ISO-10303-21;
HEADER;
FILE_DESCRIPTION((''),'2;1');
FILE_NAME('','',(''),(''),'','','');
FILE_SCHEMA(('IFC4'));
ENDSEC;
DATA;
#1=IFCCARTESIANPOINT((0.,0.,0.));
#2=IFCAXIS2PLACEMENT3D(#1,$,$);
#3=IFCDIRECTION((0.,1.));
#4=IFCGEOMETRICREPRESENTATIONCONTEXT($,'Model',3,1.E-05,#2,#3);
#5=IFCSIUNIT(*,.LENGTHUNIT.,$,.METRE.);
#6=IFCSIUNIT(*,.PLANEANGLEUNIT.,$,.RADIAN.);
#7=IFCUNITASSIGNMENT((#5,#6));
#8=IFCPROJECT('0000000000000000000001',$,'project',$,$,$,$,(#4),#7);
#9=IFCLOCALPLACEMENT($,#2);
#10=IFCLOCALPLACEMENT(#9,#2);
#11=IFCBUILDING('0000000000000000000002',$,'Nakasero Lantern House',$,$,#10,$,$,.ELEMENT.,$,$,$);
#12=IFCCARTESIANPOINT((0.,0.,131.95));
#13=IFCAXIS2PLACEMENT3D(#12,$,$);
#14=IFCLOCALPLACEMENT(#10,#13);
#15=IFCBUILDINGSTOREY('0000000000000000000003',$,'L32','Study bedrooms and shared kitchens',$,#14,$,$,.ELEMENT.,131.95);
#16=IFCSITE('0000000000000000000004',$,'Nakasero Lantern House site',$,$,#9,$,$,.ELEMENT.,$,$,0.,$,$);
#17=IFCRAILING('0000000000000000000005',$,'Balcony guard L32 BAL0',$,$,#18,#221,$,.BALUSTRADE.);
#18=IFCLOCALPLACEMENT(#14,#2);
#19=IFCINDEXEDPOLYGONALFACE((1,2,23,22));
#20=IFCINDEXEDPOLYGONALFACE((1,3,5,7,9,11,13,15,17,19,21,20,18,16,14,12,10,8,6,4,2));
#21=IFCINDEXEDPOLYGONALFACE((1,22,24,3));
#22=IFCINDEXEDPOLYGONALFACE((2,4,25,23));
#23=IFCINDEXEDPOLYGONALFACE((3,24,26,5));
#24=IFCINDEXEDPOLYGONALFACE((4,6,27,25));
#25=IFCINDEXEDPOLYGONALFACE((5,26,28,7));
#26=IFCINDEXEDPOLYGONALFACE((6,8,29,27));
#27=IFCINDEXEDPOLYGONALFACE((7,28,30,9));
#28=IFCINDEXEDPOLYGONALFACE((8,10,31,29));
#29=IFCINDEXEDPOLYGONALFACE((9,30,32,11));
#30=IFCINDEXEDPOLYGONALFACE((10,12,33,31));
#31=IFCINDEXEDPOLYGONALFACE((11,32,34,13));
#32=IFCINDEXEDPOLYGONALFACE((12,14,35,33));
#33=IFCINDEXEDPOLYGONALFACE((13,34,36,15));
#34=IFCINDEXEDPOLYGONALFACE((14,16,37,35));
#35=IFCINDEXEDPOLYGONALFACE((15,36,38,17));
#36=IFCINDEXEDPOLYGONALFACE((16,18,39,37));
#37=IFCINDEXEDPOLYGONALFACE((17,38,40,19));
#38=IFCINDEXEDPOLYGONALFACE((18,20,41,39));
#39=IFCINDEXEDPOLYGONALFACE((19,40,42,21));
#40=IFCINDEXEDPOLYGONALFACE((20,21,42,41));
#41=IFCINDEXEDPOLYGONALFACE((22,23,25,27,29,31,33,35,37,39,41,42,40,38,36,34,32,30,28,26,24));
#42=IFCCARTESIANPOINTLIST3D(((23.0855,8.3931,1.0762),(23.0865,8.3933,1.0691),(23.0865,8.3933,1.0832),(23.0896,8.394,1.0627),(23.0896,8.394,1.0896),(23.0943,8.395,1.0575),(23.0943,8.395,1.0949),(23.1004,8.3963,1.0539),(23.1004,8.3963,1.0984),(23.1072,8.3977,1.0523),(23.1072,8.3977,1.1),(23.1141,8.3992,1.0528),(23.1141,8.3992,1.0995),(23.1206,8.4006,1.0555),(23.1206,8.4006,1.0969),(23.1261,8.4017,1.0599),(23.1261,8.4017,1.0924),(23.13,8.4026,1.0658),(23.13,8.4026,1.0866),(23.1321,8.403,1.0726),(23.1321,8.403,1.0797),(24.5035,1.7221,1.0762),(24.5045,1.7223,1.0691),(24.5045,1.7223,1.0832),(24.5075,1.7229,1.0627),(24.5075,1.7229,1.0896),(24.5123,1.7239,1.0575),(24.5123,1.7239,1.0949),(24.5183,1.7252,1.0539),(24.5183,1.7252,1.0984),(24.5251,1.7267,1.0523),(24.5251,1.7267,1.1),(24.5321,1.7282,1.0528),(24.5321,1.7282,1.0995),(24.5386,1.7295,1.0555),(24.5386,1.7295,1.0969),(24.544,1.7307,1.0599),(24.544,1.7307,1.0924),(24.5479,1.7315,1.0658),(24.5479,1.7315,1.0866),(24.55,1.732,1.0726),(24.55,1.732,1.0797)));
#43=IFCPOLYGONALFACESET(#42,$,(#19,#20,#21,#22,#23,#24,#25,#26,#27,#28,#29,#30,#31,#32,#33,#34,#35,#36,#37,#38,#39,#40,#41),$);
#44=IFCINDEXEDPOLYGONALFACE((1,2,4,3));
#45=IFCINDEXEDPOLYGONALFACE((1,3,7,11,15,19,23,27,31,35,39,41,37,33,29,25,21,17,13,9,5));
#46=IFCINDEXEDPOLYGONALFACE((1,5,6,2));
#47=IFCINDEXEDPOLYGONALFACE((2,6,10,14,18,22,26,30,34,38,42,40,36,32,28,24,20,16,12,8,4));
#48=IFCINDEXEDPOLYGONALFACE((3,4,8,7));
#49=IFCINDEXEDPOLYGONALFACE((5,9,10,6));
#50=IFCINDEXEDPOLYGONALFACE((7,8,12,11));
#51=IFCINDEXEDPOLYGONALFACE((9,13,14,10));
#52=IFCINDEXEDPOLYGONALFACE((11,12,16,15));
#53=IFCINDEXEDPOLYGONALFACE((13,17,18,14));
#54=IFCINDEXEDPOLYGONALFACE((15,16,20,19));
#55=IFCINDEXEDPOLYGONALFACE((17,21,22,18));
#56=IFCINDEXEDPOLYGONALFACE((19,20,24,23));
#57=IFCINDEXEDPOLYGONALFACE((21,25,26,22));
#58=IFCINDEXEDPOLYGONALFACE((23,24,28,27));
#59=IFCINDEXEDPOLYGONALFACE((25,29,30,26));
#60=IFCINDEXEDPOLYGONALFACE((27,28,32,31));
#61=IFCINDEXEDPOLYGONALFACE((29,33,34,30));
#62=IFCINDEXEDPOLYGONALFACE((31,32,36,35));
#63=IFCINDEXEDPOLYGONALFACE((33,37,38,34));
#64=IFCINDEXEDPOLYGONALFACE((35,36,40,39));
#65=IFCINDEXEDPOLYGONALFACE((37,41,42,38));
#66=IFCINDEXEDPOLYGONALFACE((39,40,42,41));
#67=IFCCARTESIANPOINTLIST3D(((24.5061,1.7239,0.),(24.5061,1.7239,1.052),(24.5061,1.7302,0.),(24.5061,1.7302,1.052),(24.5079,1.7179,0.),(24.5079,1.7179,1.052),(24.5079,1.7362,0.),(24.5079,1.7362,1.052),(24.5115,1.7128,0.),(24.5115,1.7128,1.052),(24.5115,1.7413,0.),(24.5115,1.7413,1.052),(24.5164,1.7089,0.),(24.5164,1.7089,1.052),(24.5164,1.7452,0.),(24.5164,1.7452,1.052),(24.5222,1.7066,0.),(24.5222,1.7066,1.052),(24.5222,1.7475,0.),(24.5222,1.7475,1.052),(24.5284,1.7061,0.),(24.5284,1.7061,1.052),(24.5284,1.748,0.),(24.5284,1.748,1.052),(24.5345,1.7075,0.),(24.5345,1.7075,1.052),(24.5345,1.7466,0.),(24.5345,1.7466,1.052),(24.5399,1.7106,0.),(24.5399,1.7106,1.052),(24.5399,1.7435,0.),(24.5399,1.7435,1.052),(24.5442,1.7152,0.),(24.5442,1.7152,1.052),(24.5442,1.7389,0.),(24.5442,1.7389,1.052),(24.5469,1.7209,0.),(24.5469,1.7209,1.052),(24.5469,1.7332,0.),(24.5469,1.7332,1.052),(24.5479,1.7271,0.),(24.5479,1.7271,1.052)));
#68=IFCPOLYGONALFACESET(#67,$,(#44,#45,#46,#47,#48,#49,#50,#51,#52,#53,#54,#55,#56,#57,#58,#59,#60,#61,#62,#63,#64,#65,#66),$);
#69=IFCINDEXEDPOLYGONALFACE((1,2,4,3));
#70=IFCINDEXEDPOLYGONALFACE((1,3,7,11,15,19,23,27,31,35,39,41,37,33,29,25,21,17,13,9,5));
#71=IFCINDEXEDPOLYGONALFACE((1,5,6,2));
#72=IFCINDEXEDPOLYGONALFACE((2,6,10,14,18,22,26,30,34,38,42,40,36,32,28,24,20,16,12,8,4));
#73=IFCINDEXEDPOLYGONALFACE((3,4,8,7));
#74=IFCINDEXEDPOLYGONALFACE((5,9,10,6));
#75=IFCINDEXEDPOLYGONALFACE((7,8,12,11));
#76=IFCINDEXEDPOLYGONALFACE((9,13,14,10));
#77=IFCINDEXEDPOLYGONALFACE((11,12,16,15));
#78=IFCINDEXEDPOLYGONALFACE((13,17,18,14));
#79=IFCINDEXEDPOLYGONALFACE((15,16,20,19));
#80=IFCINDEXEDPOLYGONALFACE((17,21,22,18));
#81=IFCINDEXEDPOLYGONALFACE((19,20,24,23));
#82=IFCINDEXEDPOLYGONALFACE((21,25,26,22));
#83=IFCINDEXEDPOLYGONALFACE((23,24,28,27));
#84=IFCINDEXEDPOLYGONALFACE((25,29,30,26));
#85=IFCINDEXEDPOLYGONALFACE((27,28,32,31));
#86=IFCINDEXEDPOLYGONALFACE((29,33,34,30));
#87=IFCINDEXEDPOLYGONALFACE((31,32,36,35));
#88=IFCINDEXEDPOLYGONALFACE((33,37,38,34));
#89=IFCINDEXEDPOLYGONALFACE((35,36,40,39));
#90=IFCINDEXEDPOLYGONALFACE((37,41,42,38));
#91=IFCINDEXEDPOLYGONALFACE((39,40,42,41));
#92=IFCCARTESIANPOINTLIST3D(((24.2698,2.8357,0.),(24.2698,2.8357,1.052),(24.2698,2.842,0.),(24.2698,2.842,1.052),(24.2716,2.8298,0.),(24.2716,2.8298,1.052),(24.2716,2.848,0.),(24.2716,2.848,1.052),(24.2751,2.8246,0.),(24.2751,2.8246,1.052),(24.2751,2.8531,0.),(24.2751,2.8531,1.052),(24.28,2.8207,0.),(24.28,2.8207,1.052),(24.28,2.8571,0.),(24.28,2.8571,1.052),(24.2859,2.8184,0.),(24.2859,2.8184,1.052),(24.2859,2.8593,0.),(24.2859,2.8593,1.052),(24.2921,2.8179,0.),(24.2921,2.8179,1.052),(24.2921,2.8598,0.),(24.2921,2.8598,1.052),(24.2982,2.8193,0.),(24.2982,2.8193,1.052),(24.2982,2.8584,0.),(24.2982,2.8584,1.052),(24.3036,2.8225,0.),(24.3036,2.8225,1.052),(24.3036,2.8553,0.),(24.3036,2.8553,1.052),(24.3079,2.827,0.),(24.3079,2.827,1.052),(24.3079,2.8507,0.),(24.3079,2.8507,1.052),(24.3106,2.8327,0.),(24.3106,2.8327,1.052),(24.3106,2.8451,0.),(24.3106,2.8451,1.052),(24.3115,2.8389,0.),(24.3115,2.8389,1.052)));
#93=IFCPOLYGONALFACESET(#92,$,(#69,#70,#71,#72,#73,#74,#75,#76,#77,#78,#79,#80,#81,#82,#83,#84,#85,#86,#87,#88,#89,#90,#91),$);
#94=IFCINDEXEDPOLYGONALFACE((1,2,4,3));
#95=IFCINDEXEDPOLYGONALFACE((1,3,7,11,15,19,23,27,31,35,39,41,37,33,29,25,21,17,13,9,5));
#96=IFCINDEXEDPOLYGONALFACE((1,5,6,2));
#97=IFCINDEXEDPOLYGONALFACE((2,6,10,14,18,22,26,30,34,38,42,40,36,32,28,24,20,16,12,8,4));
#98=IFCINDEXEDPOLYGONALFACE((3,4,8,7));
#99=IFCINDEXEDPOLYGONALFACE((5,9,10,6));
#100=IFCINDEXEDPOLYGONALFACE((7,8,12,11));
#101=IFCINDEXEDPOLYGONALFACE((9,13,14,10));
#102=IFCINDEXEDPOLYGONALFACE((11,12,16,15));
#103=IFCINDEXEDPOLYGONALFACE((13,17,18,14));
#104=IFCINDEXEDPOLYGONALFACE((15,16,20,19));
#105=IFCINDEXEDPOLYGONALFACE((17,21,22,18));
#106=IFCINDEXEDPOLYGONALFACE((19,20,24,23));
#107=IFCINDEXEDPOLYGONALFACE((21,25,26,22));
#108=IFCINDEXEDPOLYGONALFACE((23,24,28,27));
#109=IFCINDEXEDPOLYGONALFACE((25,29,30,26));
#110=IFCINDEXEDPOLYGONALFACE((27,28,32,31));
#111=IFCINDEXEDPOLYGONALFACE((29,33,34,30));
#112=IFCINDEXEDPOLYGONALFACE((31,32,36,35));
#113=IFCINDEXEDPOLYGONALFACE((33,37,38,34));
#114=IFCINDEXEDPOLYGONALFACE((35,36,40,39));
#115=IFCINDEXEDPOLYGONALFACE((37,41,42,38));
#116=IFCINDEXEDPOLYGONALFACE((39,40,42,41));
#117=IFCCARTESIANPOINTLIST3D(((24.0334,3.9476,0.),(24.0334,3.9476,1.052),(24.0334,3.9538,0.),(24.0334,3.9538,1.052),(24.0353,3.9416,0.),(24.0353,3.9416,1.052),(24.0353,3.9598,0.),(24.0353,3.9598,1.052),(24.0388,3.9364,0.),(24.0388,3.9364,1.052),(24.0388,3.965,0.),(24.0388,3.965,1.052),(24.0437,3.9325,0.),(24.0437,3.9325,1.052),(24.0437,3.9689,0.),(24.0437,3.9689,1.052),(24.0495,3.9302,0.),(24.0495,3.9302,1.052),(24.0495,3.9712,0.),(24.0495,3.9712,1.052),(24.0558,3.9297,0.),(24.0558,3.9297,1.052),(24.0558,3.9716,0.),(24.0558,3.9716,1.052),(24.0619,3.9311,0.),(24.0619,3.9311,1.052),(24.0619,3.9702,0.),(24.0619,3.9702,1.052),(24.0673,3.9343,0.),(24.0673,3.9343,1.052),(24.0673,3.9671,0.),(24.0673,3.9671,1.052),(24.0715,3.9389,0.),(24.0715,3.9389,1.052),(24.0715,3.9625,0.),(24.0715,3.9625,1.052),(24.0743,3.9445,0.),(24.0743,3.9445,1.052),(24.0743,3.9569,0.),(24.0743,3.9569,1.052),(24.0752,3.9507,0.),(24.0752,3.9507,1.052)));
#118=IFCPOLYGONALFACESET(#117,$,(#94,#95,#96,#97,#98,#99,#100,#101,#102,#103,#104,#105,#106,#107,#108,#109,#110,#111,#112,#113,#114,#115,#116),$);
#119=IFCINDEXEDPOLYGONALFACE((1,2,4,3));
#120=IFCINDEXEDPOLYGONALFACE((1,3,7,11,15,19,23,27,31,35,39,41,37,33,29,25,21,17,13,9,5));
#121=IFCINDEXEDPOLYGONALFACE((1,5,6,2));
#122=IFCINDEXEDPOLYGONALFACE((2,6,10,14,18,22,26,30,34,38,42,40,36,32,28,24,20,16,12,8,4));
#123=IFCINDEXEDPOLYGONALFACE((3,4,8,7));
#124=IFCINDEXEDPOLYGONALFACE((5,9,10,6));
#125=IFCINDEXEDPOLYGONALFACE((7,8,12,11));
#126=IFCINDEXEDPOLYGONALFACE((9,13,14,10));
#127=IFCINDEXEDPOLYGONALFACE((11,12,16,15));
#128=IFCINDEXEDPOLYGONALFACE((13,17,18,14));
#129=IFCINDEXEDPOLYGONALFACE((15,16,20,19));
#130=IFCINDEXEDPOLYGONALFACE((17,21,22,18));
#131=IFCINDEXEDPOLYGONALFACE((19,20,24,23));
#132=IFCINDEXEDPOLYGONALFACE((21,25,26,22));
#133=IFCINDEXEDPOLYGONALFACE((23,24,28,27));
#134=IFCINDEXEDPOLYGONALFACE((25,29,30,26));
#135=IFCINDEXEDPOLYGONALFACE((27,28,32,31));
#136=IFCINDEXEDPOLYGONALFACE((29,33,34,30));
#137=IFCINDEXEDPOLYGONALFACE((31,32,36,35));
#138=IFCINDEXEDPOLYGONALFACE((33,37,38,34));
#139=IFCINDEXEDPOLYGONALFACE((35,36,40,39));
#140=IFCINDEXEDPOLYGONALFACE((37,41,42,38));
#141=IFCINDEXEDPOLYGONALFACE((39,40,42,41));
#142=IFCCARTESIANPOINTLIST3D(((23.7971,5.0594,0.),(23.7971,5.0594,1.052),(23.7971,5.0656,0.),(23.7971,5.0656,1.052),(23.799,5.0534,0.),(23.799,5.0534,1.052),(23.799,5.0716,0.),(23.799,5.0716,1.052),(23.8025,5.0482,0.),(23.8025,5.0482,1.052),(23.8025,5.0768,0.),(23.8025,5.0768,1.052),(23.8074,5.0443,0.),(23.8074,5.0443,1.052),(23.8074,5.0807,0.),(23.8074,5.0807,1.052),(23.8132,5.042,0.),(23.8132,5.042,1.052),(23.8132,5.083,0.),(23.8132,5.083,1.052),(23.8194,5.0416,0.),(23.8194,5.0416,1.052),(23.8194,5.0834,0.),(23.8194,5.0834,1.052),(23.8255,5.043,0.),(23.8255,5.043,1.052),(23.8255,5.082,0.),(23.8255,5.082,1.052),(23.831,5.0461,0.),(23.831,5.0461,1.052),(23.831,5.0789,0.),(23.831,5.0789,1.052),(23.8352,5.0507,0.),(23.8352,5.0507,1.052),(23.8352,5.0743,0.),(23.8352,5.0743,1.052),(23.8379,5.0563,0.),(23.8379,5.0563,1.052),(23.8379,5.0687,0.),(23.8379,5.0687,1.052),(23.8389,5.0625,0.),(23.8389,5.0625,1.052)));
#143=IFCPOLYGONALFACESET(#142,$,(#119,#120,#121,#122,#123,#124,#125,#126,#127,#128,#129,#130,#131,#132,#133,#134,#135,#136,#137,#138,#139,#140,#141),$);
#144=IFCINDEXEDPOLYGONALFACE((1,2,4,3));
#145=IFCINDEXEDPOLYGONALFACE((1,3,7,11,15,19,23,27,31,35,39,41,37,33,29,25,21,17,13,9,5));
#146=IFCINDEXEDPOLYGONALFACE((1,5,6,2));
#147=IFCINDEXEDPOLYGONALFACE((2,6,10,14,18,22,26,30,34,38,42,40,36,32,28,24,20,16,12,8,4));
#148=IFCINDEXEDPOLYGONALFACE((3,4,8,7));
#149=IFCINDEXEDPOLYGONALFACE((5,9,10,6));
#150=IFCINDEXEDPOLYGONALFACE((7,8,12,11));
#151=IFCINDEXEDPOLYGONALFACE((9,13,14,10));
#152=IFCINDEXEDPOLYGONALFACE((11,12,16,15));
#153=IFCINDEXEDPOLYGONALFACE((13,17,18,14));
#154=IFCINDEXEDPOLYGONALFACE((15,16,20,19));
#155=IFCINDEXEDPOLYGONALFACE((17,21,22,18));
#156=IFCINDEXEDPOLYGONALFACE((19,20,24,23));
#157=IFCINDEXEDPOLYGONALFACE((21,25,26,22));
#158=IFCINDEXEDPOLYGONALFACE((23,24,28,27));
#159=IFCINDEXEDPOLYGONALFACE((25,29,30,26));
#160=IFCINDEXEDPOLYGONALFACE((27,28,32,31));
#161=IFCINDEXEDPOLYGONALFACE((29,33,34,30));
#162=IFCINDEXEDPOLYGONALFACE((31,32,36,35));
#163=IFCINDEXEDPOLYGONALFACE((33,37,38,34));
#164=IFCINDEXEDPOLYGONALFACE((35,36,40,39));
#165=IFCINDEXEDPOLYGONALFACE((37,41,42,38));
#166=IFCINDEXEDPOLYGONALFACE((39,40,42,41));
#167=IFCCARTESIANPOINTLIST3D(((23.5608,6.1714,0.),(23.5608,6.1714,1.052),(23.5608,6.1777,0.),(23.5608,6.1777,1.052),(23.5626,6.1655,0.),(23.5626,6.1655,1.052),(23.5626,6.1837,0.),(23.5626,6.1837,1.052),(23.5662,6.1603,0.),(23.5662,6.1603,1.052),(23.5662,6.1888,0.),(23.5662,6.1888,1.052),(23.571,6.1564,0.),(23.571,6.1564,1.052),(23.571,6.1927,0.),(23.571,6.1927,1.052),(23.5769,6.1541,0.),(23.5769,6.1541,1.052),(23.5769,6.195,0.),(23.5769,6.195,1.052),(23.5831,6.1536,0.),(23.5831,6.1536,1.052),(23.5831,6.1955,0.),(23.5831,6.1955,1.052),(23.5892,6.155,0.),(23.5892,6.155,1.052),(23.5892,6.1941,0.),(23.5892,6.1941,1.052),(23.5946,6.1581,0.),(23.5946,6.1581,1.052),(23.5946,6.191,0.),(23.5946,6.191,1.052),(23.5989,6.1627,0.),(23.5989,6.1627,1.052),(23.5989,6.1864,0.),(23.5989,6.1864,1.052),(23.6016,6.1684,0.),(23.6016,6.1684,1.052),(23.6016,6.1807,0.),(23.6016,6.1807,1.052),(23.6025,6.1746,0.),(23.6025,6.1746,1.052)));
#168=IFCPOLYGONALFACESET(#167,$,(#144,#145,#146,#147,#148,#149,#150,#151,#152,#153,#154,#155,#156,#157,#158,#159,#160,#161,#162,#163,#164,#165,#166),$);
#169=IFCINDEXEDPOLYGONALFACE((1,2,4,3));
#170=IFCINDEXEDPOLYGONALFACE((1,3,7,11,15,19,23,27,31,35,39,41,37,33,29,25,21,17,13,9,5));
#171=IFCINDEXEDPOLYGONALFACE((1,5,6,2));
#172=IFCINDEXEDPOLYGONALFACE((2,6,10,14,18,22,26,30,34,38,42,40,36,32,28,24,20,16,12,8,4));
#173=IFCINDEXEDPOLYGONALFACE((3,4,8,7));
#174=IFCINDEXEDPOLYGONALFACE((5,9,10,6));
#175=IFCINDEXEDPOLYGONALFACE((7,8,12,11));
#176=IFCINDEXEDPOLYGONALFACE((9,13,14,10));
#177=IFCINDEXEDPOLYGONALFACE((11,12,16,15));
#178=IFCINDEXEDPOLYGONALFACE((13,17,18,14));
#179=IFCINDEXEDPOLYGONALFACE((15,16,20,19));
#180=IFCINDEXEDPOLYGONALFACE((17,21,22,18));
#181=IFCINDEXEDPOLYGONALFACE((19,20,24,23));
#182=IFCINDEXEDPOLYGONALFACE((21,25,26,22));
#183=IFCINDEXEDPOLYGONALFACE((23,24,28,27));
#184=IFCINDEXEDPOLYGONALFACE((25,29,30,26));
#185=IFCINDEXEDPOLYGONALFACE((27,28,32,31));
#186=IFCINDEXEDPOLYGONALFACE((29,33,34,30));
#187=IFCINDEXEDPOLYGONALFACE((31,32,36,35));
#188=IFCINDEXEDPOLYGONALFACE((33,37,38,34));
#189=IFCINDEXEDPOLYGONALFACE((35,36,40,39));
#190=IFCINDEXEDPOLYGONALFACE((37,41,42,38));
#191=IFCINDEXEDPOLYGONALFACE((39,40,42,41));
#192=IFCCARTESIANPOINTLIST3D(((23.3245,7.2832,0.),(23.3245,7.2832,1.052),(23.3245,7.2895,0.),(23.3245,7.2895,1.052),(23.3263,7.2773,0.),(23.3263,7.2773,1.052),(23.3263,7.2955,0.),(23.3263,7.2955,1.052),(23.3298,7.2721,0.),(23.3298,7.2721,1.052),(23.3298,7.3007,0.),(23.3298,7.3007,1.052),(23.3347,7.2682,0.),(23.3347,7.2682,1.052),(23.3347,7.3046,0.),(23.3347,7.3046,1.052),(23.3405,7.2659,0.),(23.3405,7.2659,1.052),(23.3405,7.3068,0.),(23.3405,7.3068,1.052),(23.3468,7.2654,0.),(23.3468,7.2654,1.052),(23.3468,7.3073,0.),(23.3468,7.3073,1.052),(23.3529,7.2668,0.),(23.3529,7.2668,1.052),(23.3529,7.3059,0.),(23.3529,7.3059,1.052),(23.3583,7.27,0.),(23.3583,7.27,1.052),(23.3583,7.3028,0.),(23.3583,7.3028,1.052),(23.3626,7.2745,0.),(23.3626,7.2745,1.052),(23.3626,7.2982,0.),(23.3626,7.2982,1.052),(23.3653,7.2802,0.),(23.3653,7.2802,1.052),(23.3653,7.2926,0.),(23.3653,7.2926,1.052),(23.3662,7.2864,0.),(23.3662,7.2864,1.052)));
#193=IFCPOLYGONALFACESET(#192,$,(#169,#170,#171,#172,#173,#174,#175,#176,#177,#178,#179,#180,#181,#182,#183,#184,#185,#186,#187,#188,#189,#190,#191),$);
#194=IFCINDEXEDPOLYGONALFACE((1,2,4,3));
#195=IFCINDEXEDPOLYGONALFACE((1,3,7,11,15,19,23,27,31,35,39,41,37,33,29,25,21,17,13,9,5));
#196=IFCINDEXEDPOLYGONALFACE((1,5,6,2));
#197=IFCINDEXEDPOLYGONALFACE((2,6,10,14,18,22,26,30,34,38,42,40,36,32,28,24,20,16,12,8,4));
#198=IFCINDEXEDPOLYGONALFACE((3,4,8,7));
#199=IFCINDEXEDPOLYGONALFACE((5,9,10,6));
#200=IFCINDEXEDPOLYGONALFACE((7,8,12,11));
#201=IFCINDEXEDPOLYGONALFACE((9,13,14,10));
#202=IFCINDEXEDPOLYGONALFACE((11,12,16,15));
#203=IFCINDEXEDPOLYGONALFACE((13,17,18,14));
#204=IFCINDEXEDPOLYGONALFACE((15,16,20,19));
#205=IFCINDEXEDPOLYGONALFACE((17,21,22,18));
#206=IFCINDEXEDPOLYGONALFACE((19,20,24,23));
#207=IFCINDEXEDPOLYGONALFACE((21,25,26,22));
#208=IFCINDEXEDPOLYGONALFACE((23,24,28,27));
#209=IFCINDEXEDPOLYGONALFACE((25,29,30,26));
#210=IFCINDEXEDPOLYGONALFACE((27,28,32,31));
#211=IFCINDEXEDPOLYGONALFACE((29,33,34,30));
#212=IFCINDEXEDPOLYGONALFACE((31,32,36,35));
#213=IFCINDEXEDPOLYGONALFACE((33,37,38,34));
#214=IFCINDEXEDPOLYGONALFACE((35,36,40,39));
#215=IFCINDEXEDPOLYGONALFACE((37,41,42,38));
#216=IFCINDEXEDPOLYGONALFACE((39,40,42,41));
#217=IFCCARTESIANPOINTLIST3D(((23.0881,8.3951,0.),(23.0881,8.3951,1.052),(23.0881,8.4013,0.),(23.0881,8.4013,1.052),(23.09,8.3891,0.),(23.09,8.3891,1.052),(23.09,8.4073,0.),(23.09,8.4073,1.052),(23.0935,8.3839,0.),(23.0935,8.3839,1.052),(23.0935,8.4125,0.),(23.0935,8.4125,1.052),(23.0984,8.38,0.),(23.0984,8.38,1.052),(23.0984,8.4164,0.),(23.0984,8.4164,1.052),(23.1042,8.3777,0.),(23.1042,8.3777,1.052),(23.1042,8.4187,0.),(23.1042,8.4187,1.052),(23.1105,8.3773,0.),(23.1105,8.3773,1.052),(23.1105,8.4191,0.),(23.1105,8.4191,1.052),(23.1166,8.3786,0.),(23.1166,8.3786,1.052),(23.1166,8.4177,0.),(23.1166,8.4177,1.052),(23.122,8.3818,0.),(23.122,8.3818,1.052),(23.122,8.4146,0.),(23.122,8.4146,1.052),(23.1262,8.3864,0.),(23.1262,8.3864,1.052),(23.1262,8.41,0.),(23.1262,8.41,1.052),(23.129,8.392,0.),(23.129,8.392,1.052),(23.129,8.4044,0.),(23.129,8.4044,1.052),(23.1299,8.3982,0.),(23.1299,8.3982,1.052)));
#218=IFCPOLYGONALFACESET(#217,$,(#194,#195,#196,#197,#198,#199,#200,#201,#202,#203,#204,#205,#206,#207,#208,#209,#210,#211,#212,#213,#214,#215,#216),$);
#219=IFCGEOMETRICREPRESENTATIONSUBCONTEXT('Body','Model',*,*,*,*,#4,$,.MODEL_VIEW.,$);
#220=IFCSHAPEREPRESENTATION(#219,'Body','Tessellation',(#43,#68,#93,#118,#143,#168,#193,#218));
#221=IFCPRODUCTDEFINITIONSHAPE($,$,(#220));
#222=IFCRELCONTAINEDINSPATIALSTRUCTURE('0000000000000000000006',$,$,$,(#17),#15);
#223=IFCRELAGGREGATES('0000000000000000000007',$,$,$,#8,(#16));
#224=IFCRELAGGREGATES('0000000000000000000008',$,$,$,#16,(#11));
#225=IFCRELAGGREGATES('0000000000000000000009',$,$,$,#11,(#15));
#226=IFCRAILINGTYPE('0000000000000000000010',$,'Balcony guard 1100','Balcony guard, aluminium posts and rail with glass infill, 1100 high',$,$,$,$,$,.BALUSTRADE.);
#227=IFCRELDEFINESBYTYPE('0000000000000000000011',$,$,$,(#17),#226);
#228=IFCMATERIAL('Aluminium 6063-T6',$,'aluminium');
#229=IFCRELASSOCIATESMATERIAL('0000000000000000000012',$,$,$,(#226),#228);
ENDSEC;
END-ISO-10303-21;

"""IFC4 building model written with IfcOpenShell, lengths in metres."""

from ifc_helpers import new_model, si_unit, direction, frame, origin, origin_2d, place, context, subcontext, project, spatial, circle, extrude, material, type_object, element, save


model = new_model("IFC4")

# Units and contexts
model_context = context("Model", 3, precision=1e-05, world=origin(), true_north=direction((0.0, 1.0)))
body_context = subcontext(model_context, "Body", "Model", "MODEL_VIEW")
ifc_project = project(units=[si_unit("LENGTHUNIT", "METRE"), si_unit("PLANEANGLEUNIT", "RADIAN")], contexts=[model_context])

# Site, building, storey
site_placement = place(None, origin())
site = spatial("IfcSite", under=ifc_project, at=site_placement, Name="Nakasero Lantern House site", CompositionType="ELEMENT", RefElevation=0.0)
building_placement = place(site_placement, origin())
building = spatial("IfcBuilding", under=site, at=building_placement, Name="Nakasero Lantern House", CompositionType="ELEMENT")
storey_placement = place(building_placement, frame((0.0, 0.0, 131.95)))
storey = spatial("IfcBuildingStorey", under=building, at=storey_placement, Name="L32", Description="Study bedrooms and shared kitchens", CompositionType="ELEMENT", Elevation=131.95)

# Railing
ifc_material_1 = material(Name="Aluminium 6063-T6", Category="aluminium")
railing_type = type_object("IfcRailingType", Name="Balcony guard 1100", Description="Balcony guard, aluminium posts and rail with glass infill, 1100 high", PredefinedType="BALUSTRADE", material=ifc_material_1)
railing_placement = place(storey_placement, frame((24.5269, 1.7271, 0.0)))
element("IfcRailing", 1, at=railing_placement, inside=storey, type_object=railing_type, Name="Balcony guard L32 BAL0", PredefinedType="BALUSTRADE", context=body_context, shape_type="SweptSolid", body=[
    extrude(circle(Radius=0.0239, at=origin_2d()), frame((0.0, 0.0, 1.0762), z_axis=(-0.207908, 0.978148, 0.0), x_axis=(-0.978148, -0.207908, 0.0)), (0.0, 0.0, 1.0), 6.8201),
    extrude(circle(Radius=0.021, at=origin_2d()), origin(), (0.0, 0.0, 1.0), 1.052),
    extrude(circle(Radius=0.021, at=origin_2d()), frame((-0.2363, 1.1118, 0.0)), (0.0, 0.0, 1.0), 1.052),
    extrude(circle(Radius=0.021, at=origin_2d()), frame((-0.4727, 2.2236, 0.0)), (0.0, 0.0, 1.0), 1.052),
    extrude(circle(Radius=0.021, at=origin_2d()), frame((-0.709, 3.3354, 0.0)), (0.0, 0.0, 1.0), 1.052),
    extrude(circle(Radius=0.021, at=origin_2d()), frame((-0.9453, 4.4475, 0.0)), (0.0, 0.0, 1.0), 1.052),
    extrude(circle(Radius=0.021, at=origin_2d()), frame((-1.1816, 5.5593, 0.0)), (0.0, 0.0, 1.0), 1.052),
    extrude(circle(Radius=0.021, at=origin_2d()), frame((-1.418, 6.6711, 0.0)), (0.0, 0.0, 1.0), 1.052),
])

save(model, "model.ifc")
